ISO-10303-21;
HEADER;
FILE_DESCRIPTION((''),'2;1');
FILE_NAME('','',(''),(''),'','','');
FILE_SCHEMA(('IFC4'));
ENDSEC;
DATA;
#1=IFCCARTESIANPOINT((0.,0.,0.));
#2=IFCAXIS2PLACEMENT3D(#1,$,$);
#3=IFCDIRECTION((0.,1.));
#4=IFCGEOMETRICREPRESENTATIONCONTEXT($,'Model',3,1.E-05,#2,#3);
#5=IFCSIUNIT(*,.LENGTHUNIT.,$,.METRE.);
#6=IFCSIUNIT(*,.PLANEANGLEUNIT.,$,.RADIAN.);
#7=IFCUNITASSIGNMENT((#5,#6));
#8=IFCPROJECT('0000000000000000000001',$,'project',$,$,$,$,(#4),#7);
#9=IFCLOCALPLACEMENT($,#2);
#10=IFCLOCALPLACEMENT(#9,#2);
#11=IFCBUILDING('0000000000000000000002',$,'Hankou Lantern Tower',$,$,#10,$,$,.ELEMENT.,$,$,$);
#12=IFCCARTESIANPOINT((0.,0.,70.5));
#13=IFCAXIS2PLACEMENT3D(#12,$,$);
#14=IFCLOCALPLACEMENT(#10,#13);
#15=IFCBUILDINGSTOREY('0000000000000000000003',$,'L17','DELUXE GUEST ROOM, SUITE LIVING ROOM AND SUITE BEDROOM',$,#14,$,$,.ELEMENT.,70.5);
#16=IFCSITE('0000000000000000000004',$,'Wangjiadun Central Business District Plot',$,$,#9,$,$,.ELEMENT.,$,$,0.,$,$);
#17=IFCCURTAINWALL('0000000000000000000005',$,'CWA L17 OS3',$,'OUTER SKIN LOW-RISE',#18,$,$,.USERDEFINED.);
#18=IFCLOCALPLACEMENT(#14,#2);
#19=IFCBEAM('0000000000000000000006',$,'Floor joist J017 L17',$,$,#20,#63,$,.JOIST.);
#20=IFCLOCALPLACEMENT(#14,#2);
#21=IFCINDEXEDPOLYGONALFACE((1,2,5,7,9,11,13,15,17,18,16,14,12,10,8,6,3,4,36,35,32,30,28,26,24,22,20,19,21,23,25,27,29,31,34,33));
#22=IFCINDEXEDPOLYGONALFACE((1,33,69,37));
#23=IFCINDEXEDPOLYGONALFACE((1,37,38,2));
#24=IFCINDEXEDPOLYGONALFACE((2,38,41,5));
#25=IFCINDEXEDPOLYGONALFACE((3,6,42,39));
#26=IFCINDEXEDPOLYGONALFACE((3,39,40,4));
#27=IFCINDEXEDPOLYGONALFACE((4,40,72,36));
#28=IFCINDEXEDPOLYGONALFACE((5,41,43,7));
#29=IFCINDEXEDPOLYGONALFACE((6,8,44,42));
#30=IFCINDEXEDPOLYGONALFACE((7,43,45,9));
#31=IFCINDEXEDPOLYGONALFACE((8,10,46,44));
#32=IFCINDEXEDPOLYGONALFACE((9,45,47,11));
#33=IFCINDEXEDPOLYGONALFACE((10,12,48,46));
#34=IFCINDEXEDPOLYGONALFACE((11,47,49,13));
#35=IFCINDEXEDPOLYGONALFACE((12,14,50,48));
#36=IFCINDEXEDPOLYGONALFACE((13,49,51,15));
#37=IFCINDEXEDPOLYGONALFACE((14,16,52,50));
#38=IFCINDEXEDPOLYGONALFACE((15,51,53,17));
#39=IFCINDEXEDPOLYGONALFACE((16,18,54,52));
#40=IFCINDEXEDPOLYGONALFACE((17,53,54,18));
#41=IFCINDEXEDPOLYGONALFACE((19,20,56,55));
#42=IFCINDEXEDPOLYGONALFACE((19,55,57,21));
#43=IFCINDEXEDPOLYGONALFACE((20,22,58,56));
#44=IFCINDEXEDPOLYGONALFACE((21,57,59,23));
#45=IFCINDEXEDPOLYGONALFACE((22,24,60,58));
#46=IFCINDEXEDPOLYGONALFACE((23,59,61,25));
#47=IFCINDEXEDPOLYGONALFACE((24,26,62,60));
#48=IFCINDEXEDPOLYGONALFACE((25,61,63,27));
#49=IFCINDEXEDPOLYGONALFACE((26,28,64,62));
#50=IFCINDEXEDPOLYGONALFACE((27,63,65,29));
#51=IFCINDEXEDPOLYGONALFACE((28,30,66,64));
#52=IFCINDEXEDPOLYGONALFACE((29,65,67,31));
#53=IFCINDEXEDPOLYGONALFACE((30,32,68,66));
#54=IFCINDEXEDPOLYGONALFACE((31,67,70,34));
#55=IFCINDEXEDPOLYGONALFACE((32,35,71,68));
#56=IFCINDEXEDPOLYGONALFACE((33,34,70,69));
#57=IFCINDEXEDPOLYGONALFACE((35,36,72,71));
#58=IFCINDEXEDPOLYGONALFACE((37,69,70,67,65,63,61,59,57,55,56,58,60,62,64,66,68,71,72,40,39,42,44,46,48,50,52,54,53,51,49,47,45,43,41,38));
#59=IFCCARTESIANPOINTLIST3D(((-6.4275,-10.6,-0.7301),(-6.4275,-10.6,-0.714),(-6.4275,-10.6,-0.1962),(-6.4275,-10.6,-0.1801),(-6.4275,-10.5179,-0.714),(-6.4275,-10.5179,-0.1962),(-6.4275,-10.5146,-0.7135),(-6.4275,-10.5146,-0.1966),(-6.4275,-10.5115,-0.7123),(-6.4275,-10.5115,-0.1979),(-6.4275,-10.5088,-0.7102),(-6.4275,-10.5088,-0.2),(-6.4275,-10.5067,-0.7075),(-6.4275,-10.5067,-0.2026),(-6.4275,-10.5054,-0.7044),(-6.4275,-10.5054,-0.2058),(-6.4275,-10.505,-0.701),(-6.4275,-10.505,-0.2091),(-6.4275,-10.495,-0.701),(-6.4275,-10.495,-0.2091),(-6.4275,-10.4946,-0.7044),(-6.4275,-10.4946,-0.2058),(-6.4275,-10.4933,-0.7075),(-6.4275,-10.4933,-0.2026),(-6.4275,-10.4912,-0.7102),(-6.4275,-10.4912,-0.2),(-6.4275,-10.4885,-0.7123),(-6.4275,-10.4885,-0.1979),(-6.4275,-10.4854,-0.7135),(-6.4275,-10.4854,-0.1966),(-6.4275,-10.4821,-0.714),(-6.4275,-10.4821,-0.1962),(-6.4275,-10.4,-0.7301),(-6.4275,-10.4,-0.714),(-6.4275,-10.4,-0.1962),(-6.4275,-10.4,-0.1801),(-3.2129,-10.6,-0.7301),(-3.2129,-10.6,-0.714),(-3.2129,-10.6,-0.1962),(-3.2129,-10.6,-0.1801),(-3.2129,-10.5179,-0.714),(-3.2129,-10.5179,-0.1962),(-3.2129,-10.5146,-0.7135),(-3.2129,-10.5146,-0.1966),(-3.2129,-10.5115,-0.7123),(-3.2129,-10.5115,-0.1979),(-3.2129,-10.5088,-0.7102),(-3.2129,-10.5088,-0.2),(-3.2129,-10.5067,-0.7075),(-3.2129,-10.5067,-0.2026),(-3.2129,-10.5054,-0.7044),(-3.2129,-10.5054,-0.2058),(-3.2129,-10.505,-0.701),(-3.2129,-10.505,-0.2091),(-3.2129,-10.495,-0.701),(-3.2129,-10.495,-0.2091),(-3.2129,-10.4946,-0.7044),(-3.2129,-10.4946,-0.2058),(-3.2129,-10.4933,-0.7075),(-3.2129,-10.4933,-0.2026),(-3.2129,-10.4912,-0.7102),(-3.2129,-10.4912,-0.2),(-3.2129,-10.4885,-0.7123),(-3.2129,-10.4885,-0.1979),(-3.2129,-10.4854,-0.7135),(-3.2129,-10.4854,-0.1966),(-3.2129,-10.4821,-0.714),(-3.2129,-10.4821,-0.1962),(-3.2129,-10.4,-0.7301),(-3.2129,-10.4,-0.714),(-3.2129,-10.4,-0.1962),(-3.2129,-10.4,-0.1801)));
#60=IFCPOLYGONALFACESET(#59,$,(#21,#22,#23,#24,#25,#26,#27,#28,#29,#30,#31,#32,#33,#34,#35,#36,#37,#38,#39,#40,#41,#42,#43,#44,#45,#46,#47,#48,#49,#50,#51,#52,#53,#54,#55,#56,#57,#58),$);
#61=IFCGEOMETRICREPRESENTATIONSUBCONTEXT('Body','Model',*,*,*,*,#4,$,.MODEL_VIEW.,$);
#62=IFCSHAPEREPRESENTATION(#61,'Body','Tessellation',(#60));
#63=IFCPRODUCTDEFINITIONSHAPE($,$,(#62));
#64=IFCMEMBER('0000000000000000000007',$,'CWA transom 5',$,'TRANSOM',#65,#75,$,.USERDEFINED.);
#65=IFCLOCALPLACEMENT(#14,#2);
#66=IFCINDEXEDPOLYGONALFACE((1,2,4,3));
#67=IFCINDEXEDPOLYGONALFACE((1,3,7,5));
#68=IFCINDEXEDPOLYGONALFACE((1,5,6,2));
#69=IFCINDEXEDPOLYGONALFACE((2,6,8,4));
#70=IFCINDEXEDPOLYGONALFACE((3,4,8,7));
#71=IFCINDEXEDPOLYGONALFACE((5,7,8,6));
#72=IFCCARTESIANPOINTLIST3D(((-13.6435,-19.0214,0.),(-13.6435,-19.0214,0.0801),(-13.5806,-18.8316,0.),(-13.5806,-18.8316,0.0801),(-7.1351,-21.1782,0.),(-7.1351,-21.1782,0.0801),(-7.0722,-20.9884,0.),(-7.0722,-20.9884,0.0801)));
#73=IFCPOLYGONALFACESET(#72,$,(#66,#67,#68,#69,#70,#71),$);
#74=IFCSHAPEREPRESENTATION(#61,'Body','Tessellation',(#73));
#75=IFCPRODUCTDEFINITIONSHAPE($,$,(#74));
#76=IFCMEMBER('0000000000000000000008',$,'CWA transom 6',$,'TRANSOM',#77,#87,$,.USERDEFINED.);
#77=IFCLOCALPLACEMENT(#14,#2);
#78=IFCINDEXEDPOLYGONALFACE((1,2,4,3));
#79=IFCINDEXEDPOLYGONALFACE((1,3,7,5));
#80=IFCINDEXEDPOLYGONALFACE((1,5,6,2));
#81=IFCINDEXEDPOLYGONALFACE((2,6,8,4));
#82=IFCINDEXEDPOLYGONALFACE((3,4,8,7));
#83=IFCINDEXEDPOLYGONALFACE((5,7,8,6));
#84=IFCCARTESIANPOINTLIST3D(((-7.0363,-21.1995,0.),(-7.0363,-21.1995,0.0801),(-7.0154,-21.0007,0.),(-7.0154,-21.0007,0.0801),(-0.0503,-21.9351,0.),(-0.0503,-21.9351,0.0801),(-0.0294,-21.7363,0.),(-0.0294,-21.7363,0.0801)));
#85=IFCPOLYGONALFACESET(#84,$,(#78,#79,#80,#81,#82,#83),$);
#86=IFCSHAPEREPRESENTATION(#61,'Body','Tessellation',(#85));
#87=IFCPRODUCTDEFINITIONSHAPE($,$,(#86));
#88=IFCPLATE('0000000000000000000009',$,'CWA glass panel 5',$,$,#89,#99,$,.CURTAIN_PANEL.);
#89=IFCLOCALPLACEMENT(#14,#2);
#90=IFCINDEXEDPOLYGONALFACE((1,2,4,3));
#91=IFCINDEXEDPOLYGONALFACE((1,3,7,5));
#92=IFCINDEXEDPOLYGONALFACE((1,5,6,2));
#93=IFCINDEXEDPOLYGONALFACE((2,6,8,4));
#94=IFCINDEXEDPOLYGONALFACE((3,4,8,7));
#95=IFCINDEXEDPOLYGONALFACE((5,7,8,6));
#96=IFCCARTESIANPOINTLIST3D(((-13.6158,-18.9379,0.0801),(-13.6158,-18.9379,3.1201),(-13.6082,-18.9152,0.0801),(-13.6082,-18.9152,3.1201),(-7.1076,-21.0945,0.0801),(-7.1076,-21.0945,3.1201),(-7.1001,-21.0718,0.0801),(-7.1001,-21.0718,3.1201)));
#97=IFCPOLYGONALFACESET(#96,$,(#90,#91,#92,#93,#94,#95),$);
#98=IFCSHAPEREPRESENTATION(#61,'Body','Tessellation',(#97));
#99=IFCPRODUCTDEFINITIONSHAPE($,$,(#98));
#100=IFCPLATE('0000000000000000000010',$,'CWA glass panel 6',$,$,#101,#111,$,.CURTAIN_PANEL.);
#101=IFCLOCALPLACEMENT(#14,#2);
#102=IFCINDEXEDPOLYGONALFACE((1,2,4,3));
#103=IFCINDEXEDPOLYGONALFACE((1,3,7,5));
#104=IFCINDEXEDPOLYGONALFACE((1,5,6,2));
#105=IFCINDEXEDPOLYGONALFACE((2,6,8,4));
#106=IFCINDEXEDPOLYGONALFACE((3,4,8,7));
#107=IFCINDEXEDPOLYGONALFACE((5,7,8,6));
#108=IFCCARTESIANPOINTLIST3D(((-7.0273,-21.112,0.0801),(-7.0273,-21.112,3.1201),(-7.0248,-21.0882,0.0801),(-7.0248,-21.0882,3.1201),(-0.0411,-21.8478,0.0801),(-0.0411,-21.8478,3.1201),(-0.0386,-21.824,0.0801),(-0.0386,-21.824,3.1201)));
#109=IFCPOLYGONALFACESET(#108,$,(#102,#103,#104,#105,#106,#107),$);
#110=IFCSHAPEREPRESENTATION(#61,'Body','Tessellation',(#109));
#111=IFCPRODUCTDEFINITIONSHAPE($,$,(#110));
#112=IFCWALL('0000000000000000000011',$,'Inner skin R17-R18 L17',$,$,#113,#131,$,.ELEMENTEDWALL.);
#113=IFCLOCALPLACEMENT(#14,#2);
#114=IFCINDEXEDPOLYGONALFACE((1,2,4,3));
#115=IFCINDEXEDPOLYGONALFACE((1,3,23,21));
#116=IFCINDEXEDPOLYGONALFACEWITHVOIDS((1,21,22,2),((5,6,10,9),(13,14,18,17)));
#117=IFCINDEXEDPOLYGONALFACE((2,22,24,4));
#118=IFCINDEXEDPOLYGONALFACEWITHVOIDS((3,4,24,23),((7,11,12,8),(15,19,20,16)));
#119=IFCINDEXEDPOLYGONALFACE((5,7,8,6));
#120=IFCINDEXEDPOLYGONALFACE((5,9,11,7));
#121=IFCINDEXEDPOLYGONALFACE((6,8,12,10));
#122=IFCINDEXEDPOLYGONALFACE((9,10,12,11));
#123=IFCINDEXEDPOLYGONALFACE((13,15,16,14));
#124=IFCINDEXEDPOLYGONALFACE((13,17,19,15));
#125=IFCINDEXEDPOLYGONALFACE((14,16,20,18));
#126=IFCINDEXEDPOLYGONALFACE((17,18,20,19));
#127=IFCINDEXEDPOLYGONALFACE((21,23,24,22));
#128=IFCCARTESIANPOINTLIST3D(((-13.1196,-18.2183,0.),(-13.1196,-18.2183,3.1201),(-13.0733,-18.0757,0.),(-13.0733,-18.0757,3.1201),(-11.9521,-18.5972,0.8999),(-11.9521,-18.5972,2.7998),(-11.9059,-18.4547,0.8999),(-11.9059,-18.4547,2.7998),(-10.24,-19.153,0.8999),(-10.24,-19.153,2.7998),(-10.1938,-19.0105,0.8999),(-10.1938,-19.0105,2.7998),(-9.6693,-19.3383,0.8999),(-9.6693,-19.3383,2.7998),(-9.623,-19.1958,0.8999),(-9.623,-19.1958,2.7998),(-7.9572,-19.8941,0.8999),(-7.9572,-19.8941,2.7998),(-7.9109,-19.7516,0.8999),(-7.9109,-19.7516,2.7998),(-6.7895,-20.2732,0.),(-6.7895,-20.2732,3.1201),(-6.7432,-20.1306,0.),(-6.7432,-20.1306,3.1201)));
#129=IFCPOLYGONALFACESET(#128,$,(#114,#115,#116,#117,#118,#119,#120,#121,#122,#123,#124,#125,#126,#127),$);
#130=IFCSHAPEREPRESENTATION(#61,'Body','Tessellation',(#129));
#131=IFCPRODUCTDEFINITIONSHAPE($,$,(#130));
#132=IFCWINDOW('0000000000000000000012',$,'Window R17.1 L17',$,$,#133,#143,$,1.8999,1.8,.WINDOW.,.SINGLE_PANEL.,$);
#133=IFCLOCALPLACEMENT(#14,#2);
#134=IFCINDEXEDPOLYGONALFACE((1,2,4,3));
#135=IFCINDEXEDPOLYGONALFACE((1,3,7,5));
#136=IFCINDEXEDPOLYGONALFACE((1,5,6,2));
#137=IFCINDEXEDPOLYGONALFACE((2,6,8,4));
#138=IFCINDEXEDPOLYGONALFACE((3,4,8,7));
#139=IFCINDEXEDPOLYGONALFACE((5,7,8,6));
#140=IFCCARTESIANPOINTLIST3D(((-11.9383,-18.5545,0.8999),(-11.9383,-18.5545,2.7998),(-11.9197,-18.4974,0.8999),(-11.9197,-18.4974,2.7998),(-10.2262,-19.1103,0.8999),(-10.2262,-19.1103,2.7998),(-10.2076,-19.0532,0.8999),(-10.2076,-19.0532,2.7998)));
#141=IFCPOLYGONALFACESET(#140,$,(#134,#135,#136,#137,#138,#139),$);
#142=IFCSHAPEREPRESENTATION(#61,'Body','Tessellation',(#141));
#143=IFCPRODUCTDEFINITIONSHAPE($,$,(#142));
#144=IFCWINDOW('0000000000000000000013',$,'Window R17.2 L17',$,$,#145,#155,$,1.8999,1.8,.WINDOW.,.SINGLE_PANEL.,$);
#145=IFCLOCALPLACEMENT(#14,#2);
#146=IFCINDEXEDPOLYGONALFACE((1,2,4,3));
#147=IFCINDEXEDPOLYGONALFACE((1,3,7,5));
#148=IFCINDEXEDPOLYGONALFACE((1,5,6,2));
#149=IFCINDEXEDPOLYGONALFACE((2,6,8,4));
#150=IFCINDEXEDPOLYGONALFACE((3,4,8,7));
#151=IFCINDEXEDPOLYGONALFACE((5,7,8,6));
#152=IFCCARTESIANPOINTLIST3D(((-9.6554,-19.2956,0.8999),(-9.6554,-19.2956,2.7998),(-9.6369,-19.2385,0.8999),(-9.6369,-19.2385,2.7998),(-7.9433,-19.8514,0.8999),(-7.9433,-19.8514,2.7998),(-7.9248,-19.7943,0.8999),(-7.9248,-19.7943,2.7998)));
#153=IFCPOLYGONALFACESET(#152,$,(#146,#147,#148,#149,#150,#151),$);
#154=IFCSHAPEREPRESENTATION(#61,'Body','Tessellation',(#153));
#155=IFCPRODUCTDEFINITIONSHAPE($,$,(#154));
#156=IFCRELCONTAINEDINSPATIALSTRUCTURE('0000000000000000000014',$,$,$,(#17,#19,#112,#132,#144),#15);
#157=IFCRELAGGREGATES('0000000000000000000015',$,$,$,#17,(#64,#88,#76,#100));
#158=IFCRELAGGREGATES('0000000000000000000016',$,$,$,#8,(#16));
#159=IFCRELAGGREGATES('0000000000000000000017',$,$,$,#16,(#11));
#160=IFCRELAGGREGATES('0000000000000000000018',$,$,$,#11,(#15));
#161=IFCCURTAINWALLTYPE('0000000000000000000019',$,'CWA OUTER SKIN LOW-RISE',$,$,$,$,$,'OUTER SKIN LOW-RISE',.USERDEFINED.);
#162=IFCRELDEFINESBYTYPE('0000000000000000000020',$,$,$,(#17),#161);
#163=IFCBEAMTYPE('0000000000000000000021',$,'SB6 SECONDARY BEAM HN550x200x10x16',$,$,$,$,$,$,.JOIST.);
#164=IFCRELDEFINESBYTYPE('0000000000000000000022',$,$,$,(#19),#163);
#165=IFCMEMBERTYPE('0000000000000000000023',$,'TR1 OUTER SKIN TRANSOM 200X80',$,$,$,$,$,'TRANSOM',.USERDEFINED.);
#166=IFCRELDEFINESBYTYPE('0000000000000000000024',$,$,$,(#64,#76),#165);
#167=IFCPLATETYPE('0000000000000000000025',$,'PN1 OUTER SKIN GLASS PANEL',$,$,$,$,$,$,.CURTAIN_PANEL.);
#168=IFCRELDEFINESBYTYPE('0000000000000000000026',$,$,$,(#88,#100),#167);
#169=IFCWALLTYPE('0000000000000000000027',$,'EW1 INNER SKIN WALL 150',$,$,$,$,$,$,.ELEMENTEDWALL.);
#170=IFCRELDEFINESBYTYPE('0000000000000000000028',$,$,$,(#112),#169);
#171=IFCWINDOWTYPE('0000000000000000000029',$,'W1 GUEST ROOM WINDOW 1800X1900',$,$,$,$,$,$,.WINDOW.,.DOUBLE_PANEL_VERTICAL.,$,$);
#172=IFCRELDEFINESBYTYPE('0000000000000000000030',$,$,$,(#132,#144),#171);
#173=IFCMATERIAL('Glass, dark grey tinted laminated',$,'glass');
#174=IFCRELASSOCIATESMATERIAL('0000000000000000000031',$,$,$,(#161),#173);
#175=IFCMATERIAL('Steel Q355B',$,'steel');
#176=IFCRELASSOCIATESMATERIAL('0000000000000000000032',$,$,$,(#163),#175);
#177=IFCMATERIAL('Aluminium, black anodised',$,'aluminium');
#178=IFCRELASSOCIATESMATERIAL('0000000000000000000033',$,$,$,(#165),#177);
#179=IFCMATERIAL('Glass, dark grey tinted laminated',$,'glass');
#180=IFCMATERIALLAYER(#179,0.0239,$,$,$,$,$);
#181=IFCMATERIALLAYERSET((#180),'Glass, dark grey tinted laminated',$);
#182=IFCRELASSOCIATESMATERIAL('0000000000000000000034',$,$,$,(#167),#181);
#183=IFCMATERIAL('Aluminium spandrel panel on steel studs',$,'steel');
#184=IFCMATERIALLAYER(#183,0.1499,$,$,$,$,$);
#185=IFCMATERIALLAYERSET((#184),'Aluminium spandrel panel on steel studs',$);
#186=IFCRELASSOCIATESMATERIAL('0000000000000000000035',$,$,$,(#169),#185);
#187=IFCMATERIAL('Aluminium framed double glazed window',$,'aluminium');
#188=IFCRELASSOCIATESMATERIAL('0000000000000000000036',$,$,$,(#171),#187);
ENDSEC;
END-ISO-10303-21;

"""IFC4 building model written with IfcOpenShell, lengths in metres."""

from ifc_helpers import new_model, si_unit, direction, frame, frame_2d, origin, origin_2d, place, context, subcontext, project, spatial, rectangle, i_section, extrude, material, layer, layer_set, material_profile, profile_set, type_object, element, fill, aggregate, save


model = new_model("IFC4")

# Units and contexts
model_context = context("Model", 3, precision=1e-05, world=origin(), true_north=direction((0.0, 1.0)))
body_context = subcontext(model_context, "Body", "Model", "MODEL_VIEW")
ifc_project = project(units=[si_unit("LENGTHUNIT", "METRE"), si_unit("PLANEANGLEUNIT", "RADIAN")], contexts=[model_context])

# Site, building, storey
site_placement = place(None, origin())
site = spatial("IfcSite", under=ifc_project, at=site_placement, Name="Wangjiadun Central Business District Plot", CompositionType="ELEMENT", RefElevation=0.0)
building_placement = place(site_placement, origin())
building = spatial("IfcBuilding", under=site, at=building_placement, Name="Hankou Lantern Tower", CompositionType="ELEMENT")
storey_placement = place(building_placement, frame((0.0, 0.0, 70.5)))
storey = spatial("IfcBuildingStorey", under=building, at=storey_placement, Name="L17", Description="DELUXE GUEST ROOM, SUITE LIVING ROOM AND SUITE BEDROOM", CompositionType="ELEMENT", Elevation=70.5)

# Curtain wall
ifc_material_1 = material(Name="Glass, dark grey tinted laminated", Category="glass")
curtain_wall_type = type_object("IfcCurtainWallType", Name="CWA OUTER SKIN LOW-RISE", ElementType="OUTER SKIN LOW-RISE", PredefinedType="USERDEFINED", material=ifc_material_1)
curtain_wall_placement = place(storey_placement, origin())
curtain_wall = element("IfcCurtainWall", 1, at=curtain_wall_placement, inside=storey, type_object=curtain_wall_type, Name="CWA L17 OS3", ObjectType="OUTER SKIN LOW-RISE", PredefinedType="USERDEFINED")

# Beam
ifc_material_2 = material(Name="Steel Q355B", Category="steel")
ifc_material_profile_1 = material_profile(ifc_material_2, i_section(OverallWidth=0.2, OverallDepth=0.55, WebThickness=0.01, FlangeThickness=0.0161, FilletRadius=0.0129, at=origin_2d()), Name="HN550x200x10x16")
ifc_profile_set_1 = profile_set([ifc_material_profile_1], Name="Steel Q355B")
beam_type_1 = type_object("IfcBeamType", Name="SB6 SECONDARY BEAM HN550x200x10x16", PredefinedType="JOIST", material=ifc_profile_set_1)
beam_1_placement = place(storey_placement, frame((-6.4275, -10.5, -0.4551), z_axis=(1.0, 0.0, 0.0), x_axis=(0.0, 1.0, 0.0)))
element("IfcBeam", 2, at=beam_1_placement, inside=storey, type_object=beam_type_1, Name="Floor joist J017 L17", PredefinedType="JOIST", context=body_context, shape_type="SweptSolid", body=[
    extrude(i_section(OverallWidth=0.2, OverallDepth=0.55, WebThickness=0.01, FlangeThickness=0.0161, FilletRadius=0.0129, at=origin_2d()), origin(), (0.0, 0.0, 1.0), 3.2146),
])

# Members
ifc_material_3 = material(Name="Aluminium, black anodised", Category="aluminium")
ifc_material_profile_2 = material_profile(ifc_material_3, rectangle(XDim=0.2, YDim=0.0801, at=origin_2d()), Name="TR1 200X80")
ifc_profile_set_2 = profile_set([ifc_material_profile_2], Name="Aluminium, black anodised")
member_type_1 = type_object("IfcMemberType", Name="TR1 OUTER SKIN TRANSOM 200X80", ElementType="TRANSOM", PredefinedType="USERDEFINED", material=ifc_profile_set_2)
member_1_placement = place(storey_placement, frame((-13.6121, -18.9265, 0.04), z_axis=(0.949237, -0.314561, 0.0), x_axis=(0.314561, 0.949237, 0.0)))
member_1 = element("IfcMember", 3, at=member_1_placement, type_object=member_type_1, Name="CWA transom 5", ObjectType="TRANSOM", PredefinedType="USERDEFINED", context=body_context, shape_type="SweptSolid", body=[
    extrude(rectangle(XDim=0.2, YDim=0.0801, at=origin_2d()), origin(), (0.0, 0.0, 1.0), 6.8564),
])
member_2_placement = place(storey_placement, frame((-7.0259, -21.1001, 0.04), z_axis=(0.994502, -0.104716, 0.0), x_axis=(0.104716, 0.994502, 0.0)))
member_2 = element("IfcMember", 4, at=member_2_placement, type_object=member_type_1, Name="CWA transom 6", ObjectType="TRANSOM", PredefinedType="USERDEFINED", context=body_context, shape_type="SweptSolid", body=[
    extrude(rectangle(XDim=0.2, YDim=0.0801, at=origin_2d()), origin(), (0.0, 0.0, 1.0), 7.0247),
])

# Plates
ifc_material_4 = material(Name="Glass, dark grey tinted laminated", Category="glass")
ifc_layer_1 = layer(ifc_material_4, 0.0239)
ifc_layer_set_1 = layer_set([ifc_layer_1], Name="Glass, dark grey tinted laminated")
plate_type = type_object("IfcPlateType", Name="PN1 OUTER SKIN GLASS PANEL", PredefinedType="CURTAIN_PANEL", material=ifc_layer_set_1)
plate_1_placement = place(storey_placement, frame((-10.3579, -20.0049, 0.0801), z_axis=(0.0, 0.0, 1.0), x_axis=(0.949241, -0.314551, 0.0)))
plate_1 = element("IfcPlate", 5, at=plate_1_placement, type_object=plate_type, Name="CWA glass panel 5", PredefinedType="CURTAIN_PANEL", context=body_context, shape_type="SweptSolid", body=[
    extrude(rectangle(XDim=6.8562, YDim=0.0239, at=origin_2d()), origin(), (0.0, 0.0, 1.0), 3.04),
])
plate_2_placement = place(storey_placement, frame((-3.533, -21.468, 0.0801), z_axis=(0.0, 0.0, 1.0), x_axis=(0.994499, -0.104743, 0.0)))
plate_2 = element("IfcPlate", 6, at=plate_2_placement, type_object=plate_type, Name="CWA glass panel 6", PredefinedType="CURTAIN_PANEL", context=body_context, shape_type="SweptSolid", body=[
    extrude(rectangle(XDim=7.0249, YDim=0.0239, at=origin_2d()), origin(), (0.0, 0.0, 1.0), 3.04),
])
aggregate(curtain_wall, [member_1, plate_1, member_2, plate_2])

# Wall, openings, windows
ifc_material_5 = material(Name="Aluminium spandrel panel on steel studs", Category="steel")
ifc_layer_2 = layer(ifc_material_5, 0.1499)
ifc_layer_set_2 = layer_set([ifc_layer_2], Name="Aluminium spandrel panel on steel studs")
wall_type_1 = type_object("IfcWallType", Name="EW1 INNER SKIN WALL 150", PredefinedType="ELEMENTEDWALL", material=ifc_layer_set_2)
wall_1_placement = place(storey_placement, frame((-13.0964, -18.147, 0.0), z_axis=(0.0, 0.0, 1.0), x_axis=(0.951138, -0.308768, 0.0)))
wall_1 = element("IfcWall", 7, at=wall_1_placement, inside=storey, type_object=wall_type_1, Name="Inner skin R17-R18 L17", PredefinedType="ELEMENTEDWALL", context=body_context, shape_type="SweptSolid", body=[
    extrude(rectangle(XDim=6.6553, YDim=0.1499, at=frame_2d((3.3276, 0.0))), origin(), (0.0, 0.0, 1.0), 3.1201),
])
opening_1_placement = place(wall_1_placement, frame((1.2275, 0.0, 0.8999)))
opening_1 = element("IfcOpeningElement", 8, at=opening_1_placement, cuts=wall_1, PredefinedType="OPENING", context=body_context, shape_type="SweptSolid", body=[
    extrude(rectangle(XDim=1.8, YDim=1.8999, at=frame_2d((0.8999, 0.95))), frame((0.0, 0.085, 0.0), z_axis=(0.0, -1.0, 0.0), x_axis=(1.0, 0.0, 0.0)), (0.0, 0.0, 1.0), 0.1699),
])
opening_2_placement = place(wall_1_placement, frame((3.6277, 0.0, 0.8999)))
opening_2 = element("IfcOpeningElement", 9, at=opening_2_placement, cuts=wall_1, PredefinedType="OPENING", context=body_context, shape_type="SweptSolid", body=[
    extrude(rectangle(XDim=1.8, YDim=1.8999, at=frame_2d((0.8999, 0.95))), frame((0.0, 0.085, 0.0), z_axis=(0.0, -1.0, 0.0), x_axis=(1.0, 0.0, 0.0)), (0.0, 0.0, 1.0), 0.1699),
])
ifc_material_6 = material(Name="Aluminium framed double glazed window", Category="aluminium")
window_type = type_object("IfcWindowType", Name="W1 GUEST ROOM WINDOW 1800X1900", PartitioningType="DOUBLE_PANEL_VERTICAL", PredefinedType="WINDOW", material=ifc_material_6)
window_1_placement = place(opening_1_placement, origin())
window_1 = element("IfcWindow", 10, at=window_1_placement, inside=storey, type_object=window_type, Name="Window R17.1 L17", OverallHeight=1.8999, OverallWidth=1.8, PartitioningType="SINGLE_PANEL", PredefinedType="WINDOW", context=body_context, shape_type="SweptSolid", body=[
    extrude(rectangle(XDim=1.8, YDim=1.8999, at=frame_2d((0.8999, 0.95))), frame((0.0, 0.03, 0.0), z_axis=(0.0, -1.0, 0.0), x_axis=(1.0, 0.0, 0.0)), (0.0, 0.0, 1.0), 0.0601),
])
fill(opening_1, window_1)
window_2_placement = place(opening_2_placement, origin())
window_2 = element("IfcWindow", 11, at=window_2_placement, inside=storey, type_object=window_type, Name="Window R17.2 L17", OverallHeight=1.8999, OverallWidth=1.8, PartitioningType="SINGLE_PANEL", PredefinedType="WINDOW", context=body_context, shape_type="SweptSolid", body=[
    extrude(rectangle(XDim=1.8, YDim=1.8999, at=frame_2d((0.8999, 0.95))), frame((0.0, 0.03, 0.0), z_axis=(0.0, -1.0, 0.0), x_axis=(1.0, 0.0, 0.0)), (0.0, 0.0, 1.0), 0.0601),
])
fill(opening_2, window_2)

save(model, "model.ifc")
